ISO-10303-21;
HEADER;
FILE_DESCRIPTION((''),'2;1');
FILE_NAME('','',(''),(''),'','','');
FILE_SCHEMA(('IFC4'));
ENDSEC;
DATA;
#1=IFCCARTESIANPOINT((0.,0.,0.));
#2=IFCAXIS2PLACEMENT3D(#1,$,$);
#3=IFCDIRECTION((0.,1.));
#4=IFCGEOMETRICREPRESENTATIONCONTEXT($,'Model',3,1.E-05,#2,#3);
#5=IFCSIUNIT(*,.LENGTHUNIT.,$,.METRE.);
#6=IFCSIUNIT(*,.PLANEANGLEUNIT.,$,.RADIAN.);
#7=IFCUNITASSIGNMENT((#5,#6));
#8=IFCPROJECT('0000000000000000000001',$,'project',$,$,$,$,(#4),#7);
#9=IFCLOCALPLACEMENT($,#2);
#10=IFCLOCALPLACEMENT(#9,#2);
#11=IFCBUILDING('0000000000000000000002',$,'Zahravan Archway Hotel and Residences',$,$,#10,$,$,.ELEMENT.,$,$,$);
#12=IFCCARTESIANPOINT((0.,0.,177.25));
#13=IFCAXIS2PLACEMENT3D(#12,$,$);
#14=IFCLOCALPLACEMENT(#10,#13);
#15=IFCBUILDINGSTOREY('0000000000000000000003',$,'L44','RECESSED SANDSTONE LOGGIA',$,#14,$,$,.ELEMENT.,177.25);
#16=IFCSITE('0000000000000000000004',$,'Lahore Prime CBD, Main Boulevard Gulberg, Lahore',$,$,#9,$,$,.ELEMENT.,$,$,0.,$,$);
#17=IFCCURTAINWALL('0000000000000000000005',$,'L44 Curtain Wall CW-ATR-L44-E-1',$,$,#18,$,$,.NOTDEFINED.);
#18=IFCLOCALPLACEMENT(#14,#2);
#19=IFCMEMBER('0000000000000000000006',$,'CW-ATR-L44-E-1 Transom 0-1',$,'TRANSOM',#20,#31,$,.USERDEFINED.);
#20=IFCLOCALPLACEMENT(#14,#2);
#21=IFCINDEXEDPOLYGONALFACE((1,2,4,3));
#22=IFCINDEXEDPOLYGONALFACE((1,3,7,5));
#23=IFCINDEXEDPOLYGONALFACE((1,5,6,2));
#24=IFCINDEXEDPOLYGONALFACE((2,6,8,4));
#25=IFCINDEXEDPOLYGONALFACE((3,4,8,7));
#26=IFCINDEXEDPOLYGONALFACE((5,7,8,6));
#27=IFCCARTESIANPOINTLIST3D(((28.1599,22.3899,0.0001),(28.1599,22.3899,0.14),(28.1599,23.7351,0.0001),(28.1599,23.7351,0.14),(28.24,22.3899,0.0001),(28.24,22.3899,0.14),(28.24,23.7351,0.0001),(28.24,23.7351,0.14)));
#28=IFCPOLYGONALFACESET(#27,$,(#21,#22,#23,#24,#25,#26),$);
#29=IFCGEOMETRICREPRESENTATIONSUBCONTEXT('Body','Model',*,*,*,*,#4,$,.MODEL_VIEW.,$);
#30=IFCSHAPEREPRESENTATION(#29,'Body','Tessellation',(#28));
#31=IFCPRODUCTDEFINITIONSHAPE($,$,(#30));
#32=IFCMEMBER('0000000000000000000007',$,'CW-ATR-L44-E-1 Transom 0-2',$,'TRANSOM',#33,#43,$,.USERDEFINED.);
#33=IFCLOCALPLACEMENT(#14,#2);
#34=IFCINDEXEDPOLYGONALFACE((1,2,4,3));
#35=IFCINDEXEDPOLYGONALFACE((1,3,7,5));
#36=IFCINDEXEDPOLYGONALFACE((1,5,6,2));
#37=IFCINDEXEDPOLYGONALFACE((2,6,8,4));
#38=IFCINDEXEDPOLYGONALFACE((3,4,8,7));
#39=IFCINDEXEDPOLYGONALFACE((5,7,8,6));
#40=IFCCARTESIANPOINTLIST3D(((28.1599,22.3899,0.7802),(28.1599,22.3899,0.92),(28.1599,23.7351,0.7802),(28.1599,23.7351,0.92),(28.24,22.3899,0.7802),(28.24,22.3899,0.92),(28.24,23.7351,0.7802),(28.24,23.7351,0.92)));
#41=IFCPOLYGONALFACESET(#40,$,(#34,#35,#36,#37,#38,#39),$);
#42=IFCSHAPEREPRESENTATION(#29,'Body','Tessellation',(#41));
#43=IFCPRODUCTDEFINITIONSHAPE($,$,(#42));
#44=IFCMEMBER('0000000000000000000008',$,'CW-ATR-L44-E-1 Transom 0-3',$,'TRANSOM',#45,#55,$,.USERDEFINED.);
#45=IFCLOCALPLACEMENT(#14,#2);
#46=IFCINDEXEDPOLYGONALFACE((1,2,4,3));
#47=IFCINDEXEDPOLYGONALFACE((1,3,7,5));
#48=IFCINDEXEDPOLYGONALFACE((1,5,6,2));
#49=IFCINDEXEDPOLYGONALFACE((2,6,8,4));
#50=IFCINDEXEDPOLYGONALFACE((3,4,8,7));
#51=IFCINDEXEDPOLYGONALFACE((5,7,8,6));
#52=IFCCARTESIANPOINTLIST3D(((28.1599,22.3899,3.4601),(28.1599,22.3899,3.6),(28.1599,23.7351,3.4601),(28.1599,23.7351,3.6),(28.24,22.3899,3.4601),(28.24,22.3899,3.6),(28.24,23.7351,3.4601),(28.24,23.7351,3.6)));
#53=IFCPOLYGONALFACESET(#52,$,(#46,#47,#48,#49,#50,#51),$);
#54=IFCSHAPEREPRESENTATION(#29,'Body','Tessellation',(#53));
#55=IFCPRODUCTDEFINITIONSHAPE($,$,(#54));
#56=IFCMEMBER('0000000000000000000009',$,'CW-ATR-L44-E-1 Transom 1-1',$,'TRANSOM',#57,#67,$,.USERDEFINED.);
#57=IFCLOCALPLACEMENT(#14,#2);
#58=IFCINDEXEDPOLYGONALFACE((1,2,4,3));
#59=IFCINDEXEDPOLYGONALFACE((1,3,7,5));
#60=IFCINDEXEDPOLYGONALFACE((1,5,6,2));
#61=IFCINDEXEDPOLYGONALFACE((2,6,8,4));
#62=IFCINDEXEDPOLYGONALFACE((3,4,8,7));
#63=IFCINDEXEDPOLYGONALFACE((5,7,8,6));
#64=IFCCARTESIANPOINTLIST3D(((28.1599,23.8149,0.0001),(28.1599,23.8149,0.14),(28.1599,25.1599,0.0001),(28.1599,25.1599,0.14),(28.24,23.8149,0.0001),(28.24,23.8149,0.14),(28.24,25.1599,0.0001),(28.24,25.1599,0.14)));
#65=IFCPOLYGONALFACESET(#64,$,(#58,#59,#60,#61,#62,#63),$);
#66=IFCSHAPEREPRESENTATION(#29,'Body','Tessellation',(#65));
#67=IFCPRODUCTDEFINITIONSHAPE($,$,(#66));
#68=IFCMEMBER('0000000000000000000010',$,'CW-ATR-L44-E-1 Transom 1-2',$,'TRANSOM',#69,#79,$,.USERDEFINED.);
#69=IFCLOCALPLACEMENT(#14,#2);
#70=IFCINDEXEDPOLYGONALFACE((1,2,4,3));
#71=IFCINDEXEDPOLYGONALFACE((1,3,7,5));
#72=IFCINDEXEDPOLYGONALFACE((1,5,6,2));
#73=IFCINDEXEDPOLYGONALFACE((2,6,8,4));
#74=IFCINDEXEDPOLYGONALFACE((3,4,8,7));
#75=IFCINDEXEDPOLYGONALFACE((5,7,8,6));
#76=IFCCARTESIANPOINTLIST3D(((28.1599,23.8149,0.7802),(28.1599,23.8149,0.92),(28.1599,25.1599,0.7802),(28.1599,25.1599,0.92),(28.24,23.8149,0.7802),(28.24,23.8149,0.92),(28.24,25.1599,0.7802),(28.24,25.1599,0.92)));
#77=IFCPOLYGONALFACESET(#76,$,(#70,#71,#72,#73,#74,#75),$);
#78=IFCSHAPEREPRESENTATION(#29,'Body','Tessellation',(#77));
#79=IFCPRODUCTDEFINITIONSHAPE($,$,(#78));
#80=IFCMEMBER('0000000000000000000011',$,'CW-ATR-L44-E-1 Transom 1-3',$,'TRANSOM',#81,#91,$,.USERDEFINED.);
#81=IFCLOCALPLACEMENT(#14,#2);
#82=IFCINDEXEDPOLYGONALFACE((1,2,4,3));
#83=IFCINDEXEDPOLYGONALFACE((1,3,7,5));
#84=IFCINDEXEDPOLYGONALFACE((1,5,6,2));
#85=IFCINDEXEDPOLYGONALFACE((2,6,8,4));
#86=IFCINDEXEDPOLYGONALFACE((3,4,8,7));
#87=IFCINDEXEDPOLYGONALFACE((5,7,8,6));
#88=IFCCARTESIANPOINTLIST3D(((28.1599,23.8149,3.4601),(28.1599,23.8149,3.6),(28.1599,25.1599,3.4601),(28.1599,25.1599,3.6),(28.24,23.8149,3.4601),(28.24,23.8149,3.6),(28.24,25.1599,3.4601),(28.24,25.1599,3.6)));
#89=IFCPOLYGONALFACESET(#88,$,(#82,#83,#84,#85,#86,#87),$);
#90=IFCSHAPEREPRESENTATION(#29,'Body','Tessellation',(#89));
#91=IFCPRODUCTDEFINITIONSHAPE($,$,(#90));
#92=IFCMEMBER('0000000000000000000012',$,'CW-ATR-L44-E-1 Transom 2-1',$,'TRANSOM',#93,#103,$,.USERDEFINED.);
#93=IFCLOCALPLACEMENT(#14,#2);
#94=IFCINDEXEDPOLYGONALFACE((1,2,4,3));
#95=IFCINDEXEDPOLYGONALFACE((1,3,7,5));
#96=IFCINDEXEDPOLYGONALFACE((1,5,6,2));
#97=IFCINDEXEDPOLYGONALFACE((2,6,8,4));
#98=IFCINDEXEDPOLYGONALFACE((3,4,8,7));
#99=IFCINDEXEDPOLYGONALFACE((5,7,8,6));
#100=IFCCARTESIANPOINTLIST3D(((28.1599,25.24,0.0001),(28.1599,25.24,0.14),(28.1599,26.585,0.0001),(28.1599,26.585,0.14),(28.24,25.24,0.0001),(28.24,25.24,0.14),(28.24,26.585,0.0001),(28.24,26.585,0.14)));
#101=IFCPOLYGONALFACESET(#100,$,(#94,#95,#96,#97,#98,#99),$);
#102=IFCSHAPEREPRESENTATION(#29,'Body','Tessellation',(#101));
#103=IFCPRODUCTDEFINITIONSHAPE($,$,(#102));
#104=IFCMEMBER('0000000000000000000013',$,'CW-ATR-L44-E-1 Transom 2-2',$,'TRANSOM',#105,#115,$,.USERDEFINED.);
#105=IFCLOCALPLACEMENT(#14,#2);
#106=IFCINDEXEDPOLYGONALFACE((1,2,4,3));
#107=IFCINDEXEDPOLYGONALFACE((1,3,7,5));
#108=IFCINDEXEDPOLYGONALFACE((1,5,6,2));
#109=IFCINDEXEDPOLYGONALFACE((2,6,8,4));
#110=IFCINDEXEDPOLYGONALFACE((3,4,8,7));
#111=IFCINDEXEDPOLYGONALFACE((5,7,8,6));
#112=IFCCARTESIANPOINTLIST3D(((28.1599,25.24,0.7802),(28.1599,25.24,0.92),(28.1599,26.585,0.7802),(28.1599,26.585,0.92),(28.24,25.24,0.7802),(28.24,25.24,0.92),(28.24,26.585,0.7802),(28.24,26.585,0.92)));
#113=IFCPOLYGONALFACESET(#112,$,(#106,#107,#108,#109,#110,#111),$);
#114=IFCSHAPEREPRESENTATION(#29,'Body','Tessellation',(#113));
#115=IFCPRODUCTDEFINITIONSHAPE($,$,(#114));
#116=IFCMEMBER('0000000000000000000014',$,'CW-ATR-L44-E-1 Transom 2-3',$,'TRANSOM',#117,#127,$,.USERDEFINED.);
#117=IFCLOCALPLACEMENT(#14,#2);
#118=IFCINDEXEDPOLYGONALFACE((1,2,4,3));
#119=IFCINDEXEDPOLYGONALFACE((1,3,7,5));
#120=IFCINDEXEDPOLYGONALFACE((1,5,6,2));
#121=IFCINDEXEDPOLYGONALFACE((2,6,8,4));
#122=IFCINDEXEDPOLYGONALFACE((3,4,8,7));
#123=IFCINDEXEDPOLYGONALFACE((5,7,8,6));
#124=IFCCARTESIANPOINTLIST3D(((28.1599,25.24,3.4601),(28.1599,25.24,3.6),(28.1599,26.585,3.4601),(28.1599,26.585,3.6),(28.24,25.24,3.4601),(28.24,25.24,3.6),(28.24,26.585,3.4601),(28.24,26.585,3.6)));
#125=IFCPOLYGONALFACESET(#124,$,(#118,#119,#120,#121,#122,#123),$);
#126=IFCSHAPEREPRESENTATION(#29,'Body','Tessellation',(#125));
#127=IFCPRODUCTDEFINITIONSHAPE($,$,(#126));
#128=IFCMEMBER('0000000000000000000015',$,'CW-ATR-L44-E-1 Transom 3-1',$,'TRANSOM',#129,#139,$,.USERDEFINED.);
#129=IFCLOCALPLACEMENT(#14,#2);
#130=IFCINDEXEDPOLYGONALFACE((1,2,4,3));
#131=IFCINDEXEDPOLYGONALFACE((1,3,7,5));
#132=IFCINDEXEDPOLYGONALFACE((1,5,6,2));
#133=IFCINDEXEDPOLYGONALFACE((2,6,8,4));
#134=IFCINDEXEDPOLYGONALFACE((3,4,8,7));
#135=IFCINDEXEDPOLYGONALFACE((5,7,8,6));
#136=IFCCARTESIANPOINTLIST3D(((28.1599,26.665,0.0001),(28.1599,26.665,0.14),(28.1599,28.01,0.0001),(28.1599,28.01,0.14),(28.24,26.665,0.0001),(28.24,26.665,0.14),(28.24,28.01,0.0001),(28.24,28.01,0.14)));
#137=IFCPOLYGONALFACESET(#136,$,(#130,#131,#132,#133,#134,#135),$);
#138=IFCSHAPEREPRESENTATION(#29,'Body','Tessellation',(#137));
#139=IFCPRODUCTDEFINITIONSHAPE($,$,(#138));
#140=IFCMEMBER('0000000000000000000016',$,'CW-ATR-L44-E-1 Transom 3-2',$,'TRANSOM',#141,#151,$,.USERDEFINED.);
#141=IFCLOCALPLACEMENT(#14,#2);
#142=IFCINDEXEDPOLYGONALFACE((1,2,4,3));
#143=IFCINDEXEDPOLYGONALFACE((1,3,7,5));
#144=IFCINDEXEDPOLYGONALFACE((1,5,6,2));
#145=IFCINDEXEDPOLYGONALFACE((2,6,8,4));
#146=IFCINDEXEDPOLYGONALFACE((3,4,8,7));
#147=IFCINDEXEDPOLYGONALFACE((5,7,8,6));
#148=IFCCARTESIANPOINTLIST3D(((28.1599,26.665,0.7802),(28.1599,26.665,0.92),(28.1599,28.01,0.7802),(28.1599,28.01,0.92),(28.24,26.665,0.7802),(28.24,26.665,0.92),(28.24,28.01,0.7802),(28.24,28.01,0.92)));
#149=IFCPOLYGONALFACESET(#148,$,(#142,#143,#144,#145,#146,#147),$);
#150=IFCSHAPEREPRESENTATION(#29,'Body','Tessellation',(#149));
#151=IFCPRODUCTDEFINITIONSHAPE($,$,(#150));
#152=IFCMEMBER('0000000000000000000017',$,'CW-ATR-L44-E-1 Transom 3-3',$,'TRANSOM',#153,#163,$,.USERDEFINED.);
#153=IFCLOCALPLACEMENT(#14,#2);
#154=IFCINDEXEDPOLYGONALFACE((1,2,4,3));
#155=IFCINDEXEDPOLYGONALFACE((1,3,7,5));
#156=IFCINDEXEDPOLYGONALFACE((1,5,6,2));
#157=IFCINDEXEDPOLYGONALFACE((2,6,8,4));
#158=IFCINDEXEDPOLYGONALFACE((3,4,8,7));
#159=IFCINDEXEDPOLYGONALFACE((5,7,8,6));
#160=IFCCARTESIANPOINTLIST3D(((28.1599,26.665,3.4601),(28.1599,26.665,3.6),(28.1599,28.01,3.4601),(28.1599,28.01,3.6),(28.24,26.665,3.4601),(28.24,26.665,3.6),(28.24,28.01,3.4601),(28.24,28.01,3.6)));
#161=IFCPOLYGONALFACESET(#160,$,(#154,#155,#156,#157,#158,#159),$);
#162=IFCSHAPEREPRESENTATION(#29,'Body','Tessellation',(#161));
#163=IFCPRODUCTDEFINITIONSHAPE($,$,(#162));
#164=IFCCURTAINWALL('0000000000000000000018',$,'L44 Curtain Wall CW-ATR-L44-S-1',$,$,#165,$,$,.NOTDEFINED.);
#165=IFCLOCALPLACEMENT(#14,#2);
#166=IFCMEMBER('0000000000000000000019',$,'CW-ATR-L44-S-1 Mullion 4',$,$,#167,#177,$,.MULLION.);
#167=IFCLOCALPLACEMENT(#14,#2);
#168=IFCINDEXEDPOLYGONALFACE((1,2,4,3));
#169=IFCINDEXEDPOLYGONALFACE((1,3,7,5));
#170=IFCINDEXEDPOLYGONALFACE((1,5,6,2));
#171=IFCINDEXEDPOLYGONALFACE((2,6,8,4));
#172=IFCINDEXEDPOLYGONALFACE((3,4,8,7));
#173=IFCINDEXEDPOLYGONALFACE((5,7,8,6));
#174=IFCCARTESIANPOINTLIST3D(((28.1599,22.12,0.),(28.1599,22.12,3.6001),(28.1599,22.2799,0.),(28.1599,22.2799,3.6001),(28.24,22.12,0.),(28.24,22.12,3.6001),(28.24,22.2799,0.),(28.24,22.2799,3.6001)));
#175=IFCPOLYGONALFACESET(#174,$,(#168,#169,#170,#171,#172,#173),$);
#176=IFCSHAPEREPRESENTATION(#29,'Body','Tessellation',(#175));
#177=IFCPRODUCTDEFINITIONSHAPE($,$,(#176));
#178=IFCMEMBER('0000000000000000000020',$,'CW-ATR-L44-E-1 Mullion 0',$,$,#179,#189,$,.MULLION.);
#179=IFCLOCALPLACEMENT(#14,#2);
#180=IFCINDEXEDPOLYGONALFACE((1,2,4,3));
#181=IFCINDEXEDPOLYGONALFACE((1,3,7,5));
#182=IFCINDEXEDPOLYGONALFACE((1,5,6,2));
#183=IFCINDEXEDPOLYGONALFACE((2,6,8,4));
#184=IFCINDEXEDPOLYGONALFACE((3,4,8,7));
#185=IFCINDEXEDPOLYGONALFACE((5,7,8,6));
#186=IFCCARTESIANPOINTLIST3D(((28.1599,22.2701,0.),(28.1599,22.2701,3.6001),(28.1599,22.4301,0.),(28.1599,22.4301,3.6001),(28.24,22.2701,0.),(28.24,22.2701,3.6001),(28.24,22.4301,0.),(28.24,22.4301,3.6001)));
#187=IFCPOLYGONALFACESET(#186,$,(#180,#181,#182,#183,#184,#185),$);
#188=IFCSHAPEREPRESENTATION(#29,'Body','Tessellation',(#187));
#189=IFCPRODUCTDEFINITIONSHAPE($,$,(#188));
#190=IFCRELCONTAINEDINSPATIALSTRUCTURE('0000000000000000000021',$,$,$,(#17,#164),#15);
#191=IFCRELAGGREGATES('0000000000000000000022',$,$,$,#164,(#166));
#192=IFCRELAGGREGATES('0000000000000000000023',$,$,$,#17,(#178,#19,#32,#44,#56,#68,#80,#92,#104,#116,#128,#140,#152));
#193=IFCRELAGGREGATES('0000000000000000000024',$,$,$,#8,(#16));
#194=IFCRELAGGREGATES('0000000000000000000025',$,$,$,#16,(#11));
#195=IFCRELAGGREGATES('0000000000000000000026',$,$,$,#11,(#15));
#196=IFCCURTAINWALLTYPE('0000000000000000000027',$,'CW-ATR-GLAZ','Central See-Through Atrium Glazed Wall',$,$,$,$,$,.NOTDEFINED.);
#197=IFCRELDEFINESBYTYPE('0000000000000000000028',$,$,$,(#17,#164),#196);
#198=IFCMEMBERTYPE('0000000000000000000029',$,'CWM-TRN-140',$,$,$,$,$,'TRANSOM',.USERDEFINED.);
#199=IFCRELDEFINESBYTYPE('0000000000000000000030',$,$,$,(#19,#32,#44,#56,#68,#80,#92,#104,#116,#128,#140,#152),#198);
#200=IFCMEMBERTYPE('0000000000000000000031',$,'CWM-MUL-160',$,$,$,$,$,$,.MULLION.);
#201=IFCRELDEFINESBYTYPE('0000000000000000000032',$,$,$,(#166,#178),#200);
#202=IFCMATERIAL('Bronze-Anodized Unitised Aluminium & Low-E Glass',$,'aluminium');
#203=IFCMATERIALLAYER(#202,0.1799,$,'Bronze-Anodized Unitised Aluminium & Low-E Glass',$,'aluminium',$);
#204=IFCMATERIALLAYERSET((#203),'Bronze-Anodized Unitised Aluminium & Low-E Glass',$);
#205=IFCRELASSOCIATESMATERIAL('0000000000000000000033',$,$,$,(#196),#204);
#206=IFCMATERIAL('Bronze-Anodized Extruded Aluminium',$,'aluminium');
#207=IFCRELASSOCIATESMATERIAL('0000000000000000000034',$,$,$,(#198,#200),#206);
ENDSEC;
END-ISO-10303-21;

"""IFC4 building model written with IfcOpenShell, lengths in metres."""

from ifc_helpers import new_model, si_unit, direction, frame, origin, origin_2d, place, context, subcontext, project, spatial, rectangle, extrude, source, transform, mapped, material, layer, layer_set, material_profile, profile_set, type_object, element, aggregate, save


model = new_model("IFC4")

# Units and contexts
model_context = context("Model", 3, precision=1e-05, world=origin(), true_north=direction((0.0, 1.0)))
body_context = subcontext(model_context, "Body", "Model", "MODEL_VIEW")
ifc_project = project(units=[si_unit("LENGTHUNIT", "METRE"), si_unit("PLANEANGLEUNIT", "RADIAN")], contexts=[model_context])

# Site, building, storey
site_placement = place(None, origin())
site = spatial("IfcSite", under=ifc_project, at=site_placement, Name="Lahore Prime CBD, Main Boulevard Gulberg, Lahore", CompositionType="ELEMENT", RefElevation=0.0)
building_placement = place(site_placement, origin())
building = spatial("IfcBuilding", under=site, at=building_placement, Name="Zahravan Archway Hotel and Residences", CompositionType="ELEMENT")
storey_placement = place(building_placement, frame((0.0, 0.0, 177.25)))
storey = spatial("IfcBuildingStorey", under=building, at=storey_placement, Name="L44", Description="RECESSED SANDSTONE LOGGIA", CompositionType="ELEMENT", Elevation=177.25)

# Curtain wall, members
ifc_material_1 = material(Name="Bronze-Anodized Unitised Aluminium & Low-E Glass", Category="aluminium")
ifc_layer_1 = layer(ifc_material_1, 0.1799, Name="Bronze-Anodized Unitised Aluminium & Low-E Glass", Category="aluminium")
ifc_layer_set_1 = layer_set([ifc_layer_1], Name="Bronze-Anodized Unitised Aluminium & Low-E Glass")
curtain_wall_type = type_object("IfcCurtainWallType", Name="CW-ATR-GLAZ", Description="Central See-Through Atrium Glazed Wall", PredefinedType="NOTDEFINED", material=ifc_layer_set_1)
curtain_wall_1_placement = place(storey_placement, origin())
curtain_wall_1 = element("IfcCurtainWall", 1, at=curtain_wall_1_placement, inside=storey, type_object=curtain_wall_type, Name="L44 Curtain Wall CW-ATR-L44-E-1", PredefinedType="NOTDEFINED")
ifc_material_2 = material(Name="Bronze-Anodized Extruded Aluminium", Category="aluminium")
ifc_material_profile_1 = material_profile(ifc_material_2, rectangle(XDim=0.0801, YDim=0.1399, at=origin_2d()), Name="TRN 80x140", Category="aluminium")
ifc_profile_set_1 = profile_set([ifc_material_profile_1], Name="Bronze-Anodized Extruded Aluminium")
member_type_1 = type_object("IfcMemberType", Name="CWM-TRN-140", ElementType="TRANSOM", PredefinedType="USERDEFINED", material=ifc_profile_set_1)
shared_shape_1 = source(origin(), body_context, "Body", "SweptSolid", [
    extrude(rectangle(XDim=0.0801, YDim=0.1399, at=origin_2d()), origin(), (0.0, 0.0, 1.0), 1.3452),
])
member_1_placement = place(storey_placement, frame((28.2, 22.3899, 0.0701), z_axis=(0.0, 1.0, 0.0), x_axis=(-1.0, 0.0, 0.0)))
member_1 = element("IfcMember", 2, at=member_1_placement, type_object=member_type_1, Name="CW-ATR-L44-E-1 Transom 0-1", ObjectType="TRANSOM", PredefinedType="USERDEFINED", context=body_context, shape_type="MappedRepresentation", body=[
    mapped(shared_shape_1, transform((0.0, 0.0, 0.0), scale=1.0)),
])
member_2_placement = place(storey_placement, frame((28.2, 22.3899, 0.8501), z_axis=(0.0, 1.0, 0.0), x_axis=(-1.0, 0.0, 0.0)))
member_2 = element("IfcMember", 3, at=member_2_placement, type_object=member_type_1, Name="CW-ATR-L44-E-1 Transom 0-2", ObjectType="TRANSOM", PredefinedType="USERDEFINED", context=body_context, shape_type="MappedRepresentation", body=[
    mapped(shared_shape_1, transform((0.0, 0.0, 0.0), scale=1.0)),
])
member_3_placement = place(storey_placement, frame((28.2, 22.3899, 3.53), z_axis=(0.0, 1.0, 0.0), x_axis=(-1.0, 0.0, 0.0)))
member_3 = element("IfcMember", 4, at=member_3_placement, type_object=member_type_1, Name="CW-ATR-L44-E-1 Transom 0-3", ObjectType="TRANSOM", PredefinedType="USERDEFINED", context=body_context, shape_type="MappedRepresentation", body=[
    mapped(shared_shape_1, transform((0.0, 0.0, 0.0), scale=1.0)),
])
shared_shape_2 = source(origin(), body_context, "Body", "SweptSolid", [
    extrude(rectangle(XDim=0.0801, YDim=0.1399, at=origin_2d()), origin(), (0.0, 0.0, 1.0), 1.345),
])
member_4_placement = place(storey_placement, frame((28.2, 23.8149, 0.0701), z_axis=(0.0, 1.0, 0.0), x_axis=(-1.0, 0.0, 0.0)))
member_4 = element("IfcMember", 5, at=member_4_placement, type_object=member_type_1, Name="CW-ATR-L44-E-1 Transom 1-1", ObjectType="TRANSOM", PredefinedType="USERDEFINED", context=body_context, shape_type="MappedRepresentation", body=[
    mapped(shared_shape_2, transform((0.0, 0.0, 0.0), scale=1.0)),
])
member_5_placement = place(storey_placement, frame((28.2, 23.8149, 0.8501), z_axis=(0.0, 1.0, 0.0), x_axis=(-1.0, 0.0, 0.0)))
member_5 = element("IfcMember", 6, at=member_5_placement, type_object=member_type_1, Name="CW-ATR-L44-E-1 Transom 1-2", ObjectType="TRANSOM", PredefinedType="USERDEFINED", context=body_context, shape_type="MappedRepresentation", body=[
    mapped(shared_shape_2, transform((0.0, 0.0, 0.0), scale=1.0)),
])
member_6_placement = place(storey_placement, frame((28.2, 23.8149, 3.53), z_axis=(0.0, 1.0, 0.0), x_axis=(-1.0, 0.0, 0.0)))
member_6 = element("IfcMember", 7, at=member_6_placement, type_object=member_type_1, Name="CW-ATR-L44-E-1 Transom 1-3", ObjectType="TRANSOM", PredefinedType="USERDEFINED", context=body_context, shape_type="MappedRepresentation", body=[
    mapped(shared_shape_2, transform((0.0, 0.0, 0.0), scale=1.0)),
])
member_7_placement = place(storey_placement, frame((28.2, 25.24, 0.0701), z_axis=(0.0, 1.0, 0.0), x_axis=(-1.0, 0.0, 0.0)))
member_7 = element("IfcMember", 8, at=member_7_placement, type_object=member_type_1, Name="CW-ATR-L44-E-1 Transom 2-1", ObjectType="TRANSOM", PredefinedType="USERDEFINED", context=body_context, shape_type="MappedRepresentation", body=[
    mapped(shared_shape_2, transform((0.0, 0.0, 0.0), scale=1.0)),
])
member_8_placement = place(storey_placement, frame((28.2, 25.24, 0.8501), z_axis=(0.0, 1.0, 0.0), x_axis=(-1.0, 0.0, 0.0)))
member_8 = element("IfcMember", 9, at=member_8_placement, type_object=member_type_1, Name="CW-ATR-L44-E-1 Transom 2-2", ObjectType="TRANSOM", PredefinedType="USERDEFINED", context=body_context, shape_type="MappedRepresentation", body=[
    mapped(shared_shape_2, transform((0.0, 0.0, 0.0), scale=1.0)),
])
member_9_placement = place(storey_placement, frame((28.2, 25.24, 3.53), z_axis=(0.0, 1.0, 0.0), x_axis=(-1.0, 0.0, 0.0)))
member_9 = element("IfcMember", 10, at=member_9_placement, type_object=member_type_1, Name="CW-ATR-L44-E-1 Transom 2-3", ObjectType="TRANSOM", PredefinedType="USERDEFINED", context=body_context, shape_type="MappedRepresentation", body=[
    mapped(shared_shape_2, transform((0.0, 0.0, 0.0), scale=1.0)),
])
member_10_placement = place(storey_placement, frame((28.2, 26.665, 0.0701), z_axis=(0.0, 1.0, 0.0), x_axis=(-1.0, 0.0, 0.0)))
member_10 = element("IfcMember", 11, at=member_10_placement, type_object=member_type_1, Name="CW-ATR-L44-E-1 Transom 3-1", ObjectType="TRANSOM", PredefinedType="USERDEFINED", context=body_context, shape_type="MappedRepresentation", body=[
    mapped(shared_shape_2, transform((0.0, 0.0, 0.0), scale=1.0)),
])
member_11_placement = place(storey_placement, frame((28.2, 26.665, 0.8501), z_axis=(0.0, 1.0, 0.0), x_axis=(-1.0, 0.0, 0.0)))
member_11 = element("IfcMember", 12, at=member_11_placement, type_object=member_type_1, Name="CW-ATR-L44-E-1 Transom 3-2", ObjectType="TRANSOM", PredefinedType="USERDEFINED", context=body_context, shape_type="MappedRepresentation", body=[
    mapped(shared_shape_2, transform((0.0, 0.0, 0.0), scale=1.0)),
])
member_12_placement = place(storey_placement, frame((28.2, 26.665, 3.53), z_axis=(0.0, 1.0, 0.0), x_axis=(-1.0, 0.0, 0.0)))
member_12 = element("IfcMember", 13, at=member_12_placement, type_object=member_type_1, Name="CW-ATR-L44-E-1 Transom 3-3", ObjectType="TRANSOM", PredefinedType="USERDEFINED", context=body_context, shape_type="MappedRepresentation", body=[
    mapped(shared_shape_2, transform((0.0, 0.0, 0.0), scale=1.0)),
])

# Curtain wall, member
curtain_wall_2_placement = place(storey_placement, origin())
curtain_wall_2 = element("IfcCurtainWall", 14, at=curtain_wall_2_placement, inside=storey, type_object=curtain_wall_type, Name="L44 Curtain Wall CW-ATR-L44-S-1", PredefinedType="NOTDEFINED")
ifc_material_profile_2 = material_profile(ifc_material_2, rectangle(XDim=0.0801, YDim=0.1599, at=origin_2d()), Name="MUL 80x160", Category="aluminium")
ifc_profile_set_2 = profile_set([ifc_material_profile_2], Name="Bronze-Anodized Extruded Aluminium")
member_type_2 = type_object("IfcMemberType", Name="CWM-MUL-160", PredefinedType="MULLION", material=ifc_profile_set_2)
shared_shape_3 = source(origin(), body_context, "Body", "SweptSolid", [
    extrude(rectangle(XDim=0.0801, YDim=0.1599, at=origin_2d()), origin(), (0.0, 0.0, 1.0), 3.6001),
])
member_13_placement = place(storey_placement, frame((28.2, 22.2, 0.0), z_axis=(0.0, 0.0, 1.0), x_axis=(1.0, 0.0, 0.0)))
member_13 = element("IfcMember", 15, at=member_13_placement, type_object=member_type_2, Name="CW-ATR-L44-S-1 Mullion 4", PredefinedType="MULLION", context=body_context, shape_type="MappedRepresentation", body=[
    mapped(shared_shape_3, transform((0.0, 0.0, 0.0), scale=1.0)),
])

# Member
member_14_placement = place(storey_placement, frame((28.2, 22.3501, 0.0), z_axis=(0.0, 0.0, 1.0), x_axis=(1.0, 0.0, 0.0)))
member_14 = element("IfcMember", 16, at=member_14_placement, type_object=member_type_2, Name="CW-ATR-L44-E-1 Mullion 0", PredefinedType="MULLION", context=body_context, shape_type="MappedRepresentation", body=[
    mapped(shared_shape_3, transform((0.0, 0.0, 0.0), scale=1.0)),
])

aggregate(curtain_wall_2, [member_13])
aggregate(curtain_wall_1, [member_14, member_1, member_2, member_3, member_4, member_5, member_6, member_7, member_8, member_9, member_10, member_11, member_12])

save(model, "model.ifc")
